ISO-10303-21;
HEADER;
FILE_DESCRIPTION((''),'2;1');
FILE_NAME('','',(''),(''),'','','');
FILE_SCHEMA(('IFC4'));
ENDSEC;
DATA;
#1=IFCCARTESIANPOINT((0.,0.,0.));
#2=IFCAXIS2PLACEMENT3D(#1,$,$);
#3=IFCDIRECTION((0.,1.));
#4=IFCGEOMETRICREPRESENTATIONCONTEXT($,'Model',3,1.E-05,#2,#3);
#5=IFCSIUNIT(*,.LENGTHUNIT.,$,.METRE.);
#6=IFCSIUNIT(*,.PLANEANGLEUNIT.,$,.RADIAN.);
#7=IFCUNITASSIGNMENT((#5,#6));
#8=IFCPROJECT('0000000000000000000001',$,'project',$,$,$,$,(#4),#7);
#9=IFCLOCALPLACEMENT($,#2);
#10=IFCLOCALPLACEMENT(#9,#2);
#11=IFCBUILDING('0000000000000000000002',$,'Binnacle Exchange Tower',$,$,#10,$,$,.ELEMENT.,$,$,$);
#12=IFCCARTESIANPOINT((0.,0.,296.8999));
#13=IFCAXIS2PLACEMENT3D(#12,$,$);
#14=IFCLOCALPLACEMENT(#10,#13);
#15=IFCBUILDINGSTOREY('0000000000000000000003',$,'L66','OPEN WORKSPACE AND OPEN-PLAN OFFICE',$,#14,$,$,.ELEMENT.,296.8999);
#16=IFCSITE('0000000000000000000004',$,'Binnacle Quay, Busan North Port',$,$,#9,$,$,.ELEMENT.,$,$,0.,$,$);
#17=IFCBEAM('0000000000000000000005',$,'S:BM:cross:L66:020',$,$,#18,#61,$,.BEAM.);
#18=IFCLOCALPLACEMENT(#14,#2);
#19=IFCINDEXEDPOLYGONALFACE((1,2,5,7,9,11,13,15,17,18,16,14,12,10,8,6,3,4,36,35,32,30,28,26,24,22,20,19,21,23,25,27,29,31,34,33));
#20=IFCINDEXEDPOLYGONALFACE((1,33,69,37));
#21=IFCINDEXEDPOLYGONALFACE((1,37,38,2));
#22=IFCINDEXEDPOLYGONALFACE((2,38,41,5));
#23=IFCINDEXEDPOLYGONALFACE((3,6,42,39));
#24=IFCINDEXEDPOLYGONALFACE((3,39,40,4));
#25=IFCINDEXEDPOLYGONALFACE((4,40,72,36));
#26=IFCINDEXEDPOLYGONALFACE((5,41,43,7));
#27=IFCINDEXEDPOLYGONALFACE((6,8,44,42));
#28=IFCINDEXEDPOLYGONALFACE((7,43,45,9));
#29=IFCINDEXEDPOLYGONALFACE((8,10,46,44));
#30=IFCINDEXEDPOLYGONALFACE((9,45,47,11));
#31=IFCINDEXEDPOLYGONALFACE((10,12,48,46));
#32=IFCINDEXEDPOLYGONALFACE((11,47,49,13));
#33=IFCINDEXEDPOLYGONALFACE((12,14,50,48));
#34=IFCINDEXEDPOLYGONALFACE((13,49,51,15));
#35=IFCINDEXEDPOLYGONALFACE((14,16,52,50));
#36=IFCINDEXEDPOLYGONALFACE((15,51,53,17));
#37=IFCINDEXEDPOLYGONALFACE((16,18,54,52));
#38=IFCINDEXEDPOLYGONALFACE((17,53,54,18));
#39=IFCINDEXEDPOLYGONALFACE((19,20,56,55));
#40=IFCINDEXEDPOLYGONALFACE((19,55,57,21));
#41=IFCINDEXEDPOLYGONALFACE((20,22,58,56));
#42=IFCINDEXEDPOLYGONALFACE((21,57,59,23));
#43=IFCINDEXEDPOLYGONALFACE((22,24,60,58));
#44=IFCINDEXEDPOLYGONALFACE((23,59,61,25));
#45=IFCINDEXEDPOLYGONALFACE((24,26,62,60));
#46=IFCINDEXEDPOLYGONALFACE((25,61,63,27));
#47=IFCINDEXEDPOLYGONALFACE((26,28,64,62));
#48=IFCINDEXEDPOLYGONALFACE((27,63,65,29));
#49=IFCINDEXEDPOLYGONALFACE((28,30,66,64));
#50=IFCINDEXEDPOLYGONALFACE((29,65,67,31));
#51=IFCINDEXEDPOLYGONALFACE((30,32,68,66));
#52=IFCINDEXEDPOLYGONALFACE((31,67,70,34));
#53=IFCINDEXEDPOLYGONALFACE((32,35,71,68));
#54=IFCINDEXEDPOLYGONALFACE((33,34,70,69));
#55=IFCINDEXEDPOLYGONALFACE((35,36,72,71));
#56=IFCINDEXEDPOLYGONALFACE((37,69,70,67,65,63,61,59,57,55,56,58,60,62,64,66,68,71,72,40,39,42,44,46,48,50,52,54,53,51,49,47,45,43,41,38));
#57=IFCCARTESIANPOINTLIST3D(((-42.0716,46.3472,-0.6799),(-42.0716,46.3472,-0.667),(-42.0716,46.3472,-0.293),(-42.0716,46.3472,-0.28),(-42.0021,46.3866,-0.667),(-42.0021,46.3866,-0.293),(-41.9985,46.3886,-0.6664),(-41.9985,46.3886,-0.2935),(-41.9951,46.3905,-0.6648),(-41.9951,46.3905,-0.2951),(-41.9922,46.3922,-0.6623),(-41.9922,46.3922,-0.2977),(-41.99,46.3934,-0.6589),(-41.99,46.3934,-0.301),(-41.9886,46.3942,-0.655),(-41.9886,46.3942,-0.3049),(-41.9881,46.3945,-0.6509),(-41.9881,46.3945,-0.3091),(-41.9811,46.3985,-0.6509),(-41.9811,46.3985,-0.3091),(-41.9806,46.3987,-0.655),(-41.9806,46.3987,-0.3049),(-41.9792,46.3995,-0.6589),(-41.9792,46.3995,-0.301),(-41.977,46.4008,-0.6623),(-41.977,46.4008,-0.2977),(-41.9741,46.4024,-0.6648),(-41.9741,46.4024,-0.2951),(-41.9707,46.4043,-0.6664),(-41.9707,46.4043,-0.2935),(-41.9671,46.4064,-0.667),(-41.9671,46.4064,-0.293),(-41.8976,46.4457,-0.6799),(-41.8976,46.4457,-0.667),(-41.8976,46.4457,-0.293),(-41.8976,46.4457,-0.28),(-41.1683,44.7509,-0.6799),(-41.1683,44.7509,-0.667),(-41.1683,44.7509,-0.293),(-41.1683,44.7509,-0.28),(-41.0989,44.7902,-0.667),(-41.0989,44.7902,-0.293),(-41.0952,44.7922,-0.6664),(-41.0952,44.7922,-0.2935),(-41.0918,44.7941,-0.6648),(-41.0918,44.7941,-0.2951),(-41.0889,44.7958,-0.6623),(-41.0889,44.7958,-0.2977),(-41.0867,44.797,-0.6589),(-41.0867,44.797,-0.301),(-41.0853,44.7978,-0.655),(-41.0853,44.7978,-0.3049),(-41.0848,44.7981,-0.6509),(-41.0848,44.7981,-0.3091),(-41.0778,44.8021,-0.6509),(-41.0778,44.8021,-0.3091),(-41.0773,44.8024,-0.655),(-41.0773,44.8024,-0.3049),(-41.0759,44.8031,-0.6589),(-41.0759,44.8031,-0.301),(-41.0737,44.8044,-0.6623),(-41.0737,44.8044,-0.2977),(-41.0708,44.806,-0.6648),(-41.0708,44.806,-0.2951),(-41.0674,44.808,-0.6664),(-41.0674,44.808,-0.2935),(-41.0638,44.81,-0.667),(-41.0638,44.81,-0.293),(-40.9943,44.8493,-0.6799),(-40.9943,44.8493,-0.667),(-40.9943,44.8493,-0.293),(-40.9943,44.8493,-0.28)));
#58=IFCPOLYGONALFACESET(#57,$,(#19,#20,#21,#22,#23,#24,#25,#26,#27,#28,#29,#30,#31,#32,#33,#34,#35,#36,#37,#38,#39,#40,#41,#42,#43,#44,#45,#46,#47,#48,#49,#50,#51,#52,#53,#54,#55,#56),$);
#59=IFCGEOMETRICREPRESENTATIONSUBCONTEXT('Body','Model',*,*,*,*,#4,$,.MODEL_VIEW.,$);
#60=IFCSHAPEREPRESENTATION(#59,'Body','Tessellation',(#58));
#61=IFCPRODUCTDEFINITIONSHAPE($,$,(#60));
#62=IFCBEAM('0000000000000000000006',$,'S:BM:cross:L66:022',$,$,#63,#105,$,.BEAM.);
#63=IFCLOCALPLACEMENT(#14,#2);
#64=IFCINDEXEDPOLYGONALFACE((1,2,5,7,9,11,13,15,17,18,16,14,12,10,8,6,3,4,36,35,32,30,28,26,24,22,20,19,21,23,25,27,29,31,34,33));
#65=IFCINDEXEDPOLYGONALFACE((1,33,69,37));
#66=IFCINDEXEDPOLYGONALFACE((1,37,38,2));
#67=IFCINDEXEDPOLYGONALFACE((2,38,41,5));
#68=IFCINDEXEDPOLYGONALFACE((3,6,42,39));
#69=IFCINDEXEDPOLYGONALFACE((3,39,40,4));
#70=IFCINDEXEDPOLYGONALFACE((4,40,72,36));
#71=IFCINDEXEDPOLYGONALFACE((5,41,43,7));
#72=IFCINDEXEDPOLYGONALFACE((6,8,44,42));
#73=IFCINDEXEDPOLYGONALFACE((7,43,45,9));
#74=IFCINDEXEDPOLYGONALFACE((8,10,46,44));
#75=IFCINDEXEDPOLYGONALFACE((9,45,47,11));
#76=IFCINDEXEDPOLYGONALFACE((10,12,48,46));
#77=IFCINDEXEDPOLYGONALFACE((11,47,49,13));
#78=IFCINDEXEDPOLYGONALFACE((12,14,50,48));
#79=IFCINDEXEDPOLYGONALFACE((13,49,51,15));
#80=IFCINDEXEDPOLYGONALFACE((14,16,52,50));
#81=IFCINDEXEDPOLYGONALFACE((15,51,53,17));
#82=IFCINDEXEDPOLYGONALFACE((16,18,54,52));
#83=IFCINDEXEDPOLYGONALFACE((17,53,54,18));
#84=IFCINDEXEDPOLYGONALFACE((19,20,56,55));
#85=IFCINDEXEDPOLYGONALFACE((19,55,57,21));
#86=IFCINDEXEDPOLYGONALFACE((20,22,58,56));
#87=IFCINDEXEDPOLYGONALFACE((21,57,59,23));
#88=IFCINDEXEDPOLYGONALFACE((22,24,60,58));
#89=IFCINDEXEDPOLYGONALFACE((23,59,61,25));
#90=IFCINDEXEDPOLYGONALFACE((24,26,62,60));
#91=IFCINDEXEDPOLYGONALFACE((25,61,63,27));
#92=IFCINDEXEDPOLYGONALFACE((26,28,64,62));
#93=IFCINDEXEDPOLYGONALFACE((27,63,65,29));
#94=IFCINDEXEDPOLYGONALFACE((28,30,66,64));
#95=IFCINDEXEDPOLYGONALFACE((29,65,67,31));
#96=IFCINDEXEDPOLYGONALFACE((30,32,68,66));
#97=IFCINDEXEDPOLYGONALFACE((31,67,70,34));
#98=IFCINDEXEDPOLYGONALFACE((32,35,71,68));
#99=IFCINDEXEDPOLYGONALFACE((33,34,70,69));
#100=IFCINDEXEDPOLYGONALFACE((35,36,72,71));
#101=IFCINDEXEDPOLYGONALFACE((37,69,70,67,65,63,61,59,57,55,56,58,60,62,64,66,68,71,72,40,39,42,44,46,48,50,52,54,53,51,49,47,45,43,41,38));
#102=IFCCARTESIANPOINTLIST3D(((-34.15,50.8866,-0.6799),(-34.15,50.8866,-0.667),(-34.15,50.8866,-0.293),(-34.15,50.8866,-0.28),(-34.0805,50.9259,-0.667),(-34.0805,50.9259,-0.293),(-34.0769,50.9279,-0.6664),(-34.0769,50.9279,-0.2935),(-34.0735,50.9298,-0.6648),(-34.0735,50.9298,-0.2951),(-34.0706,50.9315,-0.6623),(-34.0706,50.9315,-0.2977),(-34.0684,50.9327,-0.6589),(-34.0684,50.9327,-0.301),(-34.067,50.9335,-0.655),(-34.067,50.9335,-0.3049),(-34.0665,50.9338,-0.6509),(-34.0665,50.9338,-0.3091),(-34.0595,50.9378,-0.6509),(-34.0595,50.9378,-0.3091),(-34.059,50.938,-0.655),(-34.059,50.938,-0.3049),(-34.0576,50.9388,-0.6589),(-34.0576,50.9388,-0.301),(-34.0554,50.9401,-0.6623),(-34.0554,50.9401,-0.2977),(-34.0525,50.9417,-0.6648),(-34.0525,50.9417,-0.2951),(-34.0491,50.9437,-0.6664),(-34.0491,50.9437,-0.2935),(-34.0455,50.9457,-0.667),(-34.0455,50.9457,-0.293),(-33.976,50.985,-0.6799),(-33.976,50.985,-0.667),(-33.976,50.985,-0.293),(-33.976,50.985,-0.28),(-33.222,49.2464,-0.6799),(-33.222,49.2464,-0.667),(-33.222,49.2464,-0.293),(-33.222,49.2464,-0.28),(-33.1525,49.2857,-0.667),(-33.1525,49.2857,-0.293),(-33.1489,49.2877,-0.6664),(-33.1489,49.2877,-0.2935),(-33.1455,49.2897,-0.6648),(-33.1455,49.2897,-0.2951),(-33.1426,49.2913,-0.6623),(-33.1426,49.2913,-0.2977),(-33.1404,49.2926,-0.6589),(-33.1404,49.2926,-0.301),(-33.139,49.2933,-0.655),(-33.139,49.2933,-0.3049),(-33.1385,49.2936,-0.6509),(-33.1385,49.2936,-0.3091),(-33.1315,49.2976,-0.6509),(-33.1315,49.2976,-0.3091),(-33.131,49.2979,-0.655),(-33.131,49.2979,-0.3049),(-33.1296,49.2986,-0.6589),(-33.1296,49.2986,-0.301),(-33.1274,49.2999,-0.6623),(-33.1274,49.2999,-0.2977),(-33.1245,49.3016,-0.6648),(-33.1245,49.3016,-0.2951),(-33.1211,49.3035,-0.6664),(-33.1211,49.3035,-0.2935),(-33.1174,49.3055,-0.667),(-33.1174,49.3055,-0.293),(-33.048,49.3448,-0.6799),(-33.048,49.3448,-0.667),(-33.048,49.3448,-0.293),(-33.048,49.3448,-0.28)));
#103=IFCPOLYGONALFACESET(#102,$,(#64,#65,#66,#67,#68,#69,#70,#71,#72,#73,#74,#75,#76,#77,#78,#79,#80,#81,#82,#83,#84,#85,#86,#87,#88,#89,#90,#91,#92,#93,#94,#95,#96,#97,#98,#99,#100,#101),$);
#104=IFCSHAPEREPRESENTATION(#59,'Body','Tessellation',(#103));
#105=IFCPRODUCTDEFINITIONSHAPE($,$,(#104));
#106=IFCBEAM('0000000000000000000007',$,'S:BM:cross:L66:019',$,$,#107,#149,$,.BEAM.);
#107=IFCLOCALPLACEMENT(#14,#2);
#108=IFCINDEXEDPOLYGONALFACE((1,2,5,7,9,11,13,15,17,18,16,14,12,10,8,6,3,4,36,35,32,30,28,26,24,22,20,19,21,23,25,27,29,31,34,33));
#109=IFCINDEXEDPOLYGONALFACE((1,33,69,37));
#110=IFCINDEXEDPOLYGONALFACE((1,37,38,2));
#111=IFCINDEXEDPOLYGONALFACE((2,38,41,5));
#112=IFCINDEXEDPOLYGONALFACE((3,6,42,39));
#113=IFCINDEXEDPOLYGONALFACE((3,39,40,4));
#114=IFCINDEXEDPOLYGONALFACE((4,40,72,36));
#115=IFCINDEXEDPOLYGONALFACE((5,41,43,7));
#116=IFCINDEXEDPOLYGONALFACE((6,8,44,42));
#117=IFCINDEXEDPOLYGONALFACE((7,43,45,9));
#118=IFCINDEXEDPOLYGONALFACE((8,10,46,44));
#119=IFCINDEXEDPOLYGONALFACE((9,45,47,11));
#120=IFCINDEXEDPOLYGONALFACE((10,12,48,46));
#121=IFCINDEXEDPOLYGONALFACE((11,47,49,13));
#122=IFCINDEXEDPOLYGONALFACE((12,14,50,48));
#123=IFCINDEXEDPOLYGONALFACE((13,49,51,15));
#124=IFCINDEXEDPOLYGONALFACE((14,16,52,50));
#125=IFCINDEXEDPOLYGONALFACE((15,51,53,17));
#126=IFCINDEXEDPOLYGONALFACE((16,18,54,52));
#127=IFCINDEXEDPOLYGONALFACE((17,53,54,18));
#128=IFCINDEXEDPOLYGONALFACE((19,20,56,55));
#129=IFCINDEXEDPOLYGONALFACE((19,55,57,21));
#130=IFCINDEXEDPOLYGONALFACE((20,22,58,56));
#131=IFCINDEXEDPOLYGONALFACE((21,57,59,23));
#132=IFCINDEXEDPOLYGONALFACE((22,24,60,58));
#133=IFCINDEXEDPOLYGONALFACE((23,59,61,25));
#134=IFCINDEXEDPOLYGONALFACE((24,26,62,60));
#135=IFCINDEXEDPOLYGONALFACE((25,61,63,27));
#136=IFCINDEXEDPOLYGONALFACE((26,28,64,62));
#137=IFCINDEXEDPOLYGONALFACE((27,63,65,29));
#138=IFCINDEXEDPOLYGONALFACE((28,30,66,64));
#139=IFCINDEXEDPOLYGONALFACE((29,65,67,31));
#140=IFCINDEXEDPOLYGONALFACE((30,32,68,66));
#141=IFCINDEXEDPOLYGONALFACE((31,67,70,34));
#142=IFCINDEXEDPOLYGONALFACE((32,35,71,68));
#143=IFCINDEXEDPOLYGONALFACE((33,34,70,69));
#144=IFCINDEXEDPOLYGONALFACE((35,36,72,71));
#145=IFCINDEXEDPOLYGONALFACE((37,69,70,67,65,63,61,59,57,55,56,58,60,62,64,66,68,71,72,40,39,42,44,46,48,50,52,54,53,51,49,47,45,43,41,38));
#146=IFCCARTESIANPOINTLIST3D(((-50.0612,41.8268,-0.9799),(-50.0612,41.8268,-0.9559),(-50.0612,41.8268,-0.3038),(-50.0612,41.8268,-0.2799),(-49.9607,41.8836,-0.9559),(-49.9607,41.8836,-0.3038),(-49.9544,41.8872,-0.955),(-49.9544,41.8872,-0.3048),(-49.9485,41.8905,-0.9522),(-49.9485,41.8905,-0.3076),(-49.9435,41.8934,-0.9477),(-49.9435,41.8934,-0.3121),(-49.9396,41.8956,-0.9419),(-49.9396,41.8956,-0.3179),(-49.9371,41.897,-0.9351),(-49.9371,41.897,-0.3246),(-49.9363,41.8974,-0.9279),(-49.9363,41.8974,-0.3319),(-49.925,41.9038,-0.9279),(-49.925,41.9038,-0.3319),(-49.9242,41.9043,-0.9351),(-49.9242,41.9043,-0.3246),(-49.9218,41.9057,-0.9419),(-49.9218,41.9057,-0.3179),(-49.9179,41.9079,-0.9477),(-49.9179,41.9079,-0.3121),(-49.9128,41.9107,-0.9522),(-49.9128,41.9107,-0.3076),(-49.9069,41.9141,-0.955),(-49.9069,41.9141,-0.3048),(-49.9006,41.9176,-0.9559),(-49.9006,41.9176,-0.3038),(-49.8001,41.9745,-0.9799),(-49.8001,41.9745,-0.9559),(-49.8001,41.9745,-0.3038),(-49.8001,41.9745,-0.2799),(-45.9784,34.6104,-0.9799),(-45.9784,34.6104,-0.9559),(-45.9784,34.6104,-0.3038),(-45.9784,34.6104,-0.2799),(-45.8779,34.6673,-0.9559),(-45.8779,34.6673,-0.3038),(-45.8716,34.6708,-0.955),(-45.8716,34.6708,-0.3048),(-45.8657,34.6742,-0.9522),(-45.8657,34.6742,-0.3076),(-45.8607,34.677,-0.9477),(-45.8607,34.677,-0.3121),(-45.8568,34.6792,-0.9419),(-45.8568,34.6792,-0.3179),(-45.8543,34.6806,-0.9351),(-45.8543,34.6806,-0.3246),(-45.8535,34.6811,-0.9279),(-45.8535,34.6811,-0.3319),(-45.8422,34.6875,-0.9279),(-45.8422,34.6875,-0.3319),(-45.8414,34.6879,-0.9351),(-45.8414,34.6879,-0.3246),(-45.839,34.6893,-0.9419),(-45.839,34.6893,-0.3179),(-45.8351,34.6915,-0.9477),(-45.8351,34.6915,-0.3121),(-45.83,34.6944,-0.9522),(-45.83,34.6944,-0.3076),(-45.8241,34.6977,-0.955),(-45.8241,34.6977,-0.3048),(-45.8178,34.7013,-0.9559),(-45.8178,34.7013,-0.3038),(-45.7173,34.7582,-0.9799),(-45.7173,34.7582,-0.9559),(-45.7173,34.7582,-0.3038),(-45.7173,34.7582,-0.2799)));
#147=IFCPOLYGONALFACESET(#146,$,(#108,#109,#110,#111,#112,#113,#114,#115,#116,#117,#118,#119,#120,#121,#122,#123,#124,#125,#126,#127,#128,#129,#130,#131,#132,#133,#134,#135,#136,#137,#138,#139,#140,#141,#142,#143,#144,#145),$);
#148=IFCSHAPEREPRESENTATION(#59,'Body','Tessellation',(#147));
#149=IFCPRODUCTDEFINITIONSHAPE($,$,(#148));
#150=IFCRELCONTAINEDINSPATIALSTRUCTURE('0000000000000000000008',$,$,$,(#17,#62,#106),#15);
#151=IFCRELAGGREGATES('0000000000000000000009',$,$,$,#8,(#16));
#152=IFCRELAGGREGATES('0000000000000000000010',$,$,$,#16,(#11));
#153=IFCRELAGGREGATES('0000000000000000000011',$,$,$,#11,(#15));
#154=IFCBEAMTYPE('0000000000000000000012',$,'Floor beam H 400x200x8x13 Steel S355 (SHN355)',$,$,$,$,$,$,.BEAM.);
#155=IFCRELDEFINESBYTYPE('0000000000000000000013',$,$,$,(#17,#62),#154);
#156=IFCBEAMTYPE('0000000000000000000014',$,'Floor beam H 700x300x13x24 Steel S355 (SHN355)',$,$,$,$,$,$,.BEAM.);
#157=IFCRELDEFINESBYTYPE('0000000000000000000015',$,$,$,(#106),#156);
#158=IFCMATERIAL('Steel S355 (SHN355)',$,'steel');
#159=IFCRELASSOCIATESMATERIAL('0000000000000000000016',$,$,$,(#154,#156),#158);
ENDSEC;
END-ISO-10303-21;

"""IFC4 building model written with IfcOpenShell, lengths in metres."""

from ifc_helpers import new_model, si_unit, direction, frame, origin, origin_2d, place, context, subcontext, project, spatial, i_section, extrude, material, material_profile, profile_set, type_object, element, save


model = new_model("IFC4")

# Units and contexts
model_context = context("Model", 3, precision=1e-05, world=origin(), true_north=direction((0.0, 1.0)))
body_context = subcontext(model_context, "Body", "Model", "MODEL_VIEW")
ifc_project = project(units=[si_unit("LENGTHUNIT", "METRE"), si_unit("PLANEANGLEUNIT", "RADIAN")], contexts=[model_context])

# Site, building, storey
site_placement = place(None, origin())
site = spatial("IfcSite", under=ifc_project, at=site_placement, Name="Binnacle Quay, Busan North Port", CompositionType="ELEMENT", RefElevation=0.0)
building_placement = place(site_placement, origin())
building = spatial("IfcBuilding", under=site, at=building_placement, Name="Binnacle Exchange Tower", CompositionType="ELEMENT")
storey_placement = place(building_placement, frame((0.0, 0.0, 296.8999)))
storey = spatial("IfcBuildingStorey", under=building, at=storey_placement, Name="L66", Description="OPEN WORKSPACE AND OPEN-PLAN OFFICE", CompositionType="ELEMENT", Elevation=296.8999)

# Beams
ifc_material_1 = material(Name="Steel S355 (SHN355)", Category="steel")
ifc_material_profile_1 = material_profile(ifc_material_1, i_section(OverallWidth=0.2, OverallDepth=0.3999, WebThickness=0.0081, FlangeThickness=0.0129, FilletRadius=0.0161, at=origin_2d()), Name="H 400x200x8x13")
ifc_profile_set_1 = profile_set([ifc_material_profile_1], Name="Steel S355 (SHN355)")
beam_type_1 = type_object("IfcBeamType", Name="Floor beam H 400x200x8x13 Steel S355 (SHN355)", PredefinedType="BEAM", material=ifc_profile_set_1)
beam_1_placement = place(storey_placement, frame((-41.9846, 46.3965, -0.48), z_axis=(0.492465, -0.870332, 0.0), x_axis=(0.870332, 0.492465, 0.0)))
element("IfcBeam", 1, at=beam_1_placement, inside=storey, type_object=beam_type_1, Name="S:BM:cross:L66:020", PredefinedType="BEAM", context=body_context, shape_type="SweptSolid", body=[
    extrude(i_section(OverallWidth=0.2, OverallDepth=0.3999, WebThickness=0.0081, FlangeThickness=0.0129, FilletRadius=0.0161, at=origin_2d()), origin(), (0.0, 0.0, 1.0), 1.8342),
])
beam_2_placement = place(storey_placement, frame((-34.063, 50.9358, -0.48), z_axis=(0.492437, -0.870348, 0.0), x_axis=(0.870348, 0.492437, 0.0)))
element("IfcBeam", 2, at=beam_2_placement, inside=storey, type_object=beam_type_1, Name="S:BM:cross:L66:022", PredefinedType="BEAM", context=body_context, shape_type="SweptSolid", body=[
    extrude(i_section(OverallWidth=0.2, OverallDepth=0.3999, WebThickness=0.0081, FlangeThickness=0.0129, FilletRadius=0.0161, at=origin_2d()), origin(), (0.0, 0.0, 1.0), 1.8845),
])
ifc_material_profile_2 = material_profile(ifc_material_1, i_section(OverallWidth=0.3, OverallDepth=0.7, WebThickness=0.0129, FlangeThickness=0.0239, FilletRadius=0.0281, at=origin_2d()), Name="H 700x300x13x24")
ifc_profile_set_2 = profile_set([ifc_material_profile_2], Name="Steel S355 (SHN355)")
beam_type_2 = type_object("IfcBeamType", Name="Floor beam H 700x300x13x24 Steel S355 (SHN355)", PredefinedType="BEAM", material=ifc_profile_set_2)
beam_3_placement = place(storey_placement, frame((-49.9307, 41.9006, -0.6299), z_axis=(0.492421, -0.870357, 0.0), x_axis=(0.870357, 0.492421, 0.0)))
element("IfcBeam", 3, at=beam_3_placement, inside=storey, type_object=beam_type_2, Name="S:BM:cross:L66:019", PredefinedType="BEAM", context=body_context, shape_type="SweptSolid", body=[
    extrude(i_section(OverallWidth=0.3, OverallDepth=0.7, WebThickness=0.0129, FlangeThickness=0.0239, FilletRadius=0.0281, at=origin_2d()), origin(), (0.0, 0.0, 1.0), 8.2913),
])

save(model, "model.ifc")
